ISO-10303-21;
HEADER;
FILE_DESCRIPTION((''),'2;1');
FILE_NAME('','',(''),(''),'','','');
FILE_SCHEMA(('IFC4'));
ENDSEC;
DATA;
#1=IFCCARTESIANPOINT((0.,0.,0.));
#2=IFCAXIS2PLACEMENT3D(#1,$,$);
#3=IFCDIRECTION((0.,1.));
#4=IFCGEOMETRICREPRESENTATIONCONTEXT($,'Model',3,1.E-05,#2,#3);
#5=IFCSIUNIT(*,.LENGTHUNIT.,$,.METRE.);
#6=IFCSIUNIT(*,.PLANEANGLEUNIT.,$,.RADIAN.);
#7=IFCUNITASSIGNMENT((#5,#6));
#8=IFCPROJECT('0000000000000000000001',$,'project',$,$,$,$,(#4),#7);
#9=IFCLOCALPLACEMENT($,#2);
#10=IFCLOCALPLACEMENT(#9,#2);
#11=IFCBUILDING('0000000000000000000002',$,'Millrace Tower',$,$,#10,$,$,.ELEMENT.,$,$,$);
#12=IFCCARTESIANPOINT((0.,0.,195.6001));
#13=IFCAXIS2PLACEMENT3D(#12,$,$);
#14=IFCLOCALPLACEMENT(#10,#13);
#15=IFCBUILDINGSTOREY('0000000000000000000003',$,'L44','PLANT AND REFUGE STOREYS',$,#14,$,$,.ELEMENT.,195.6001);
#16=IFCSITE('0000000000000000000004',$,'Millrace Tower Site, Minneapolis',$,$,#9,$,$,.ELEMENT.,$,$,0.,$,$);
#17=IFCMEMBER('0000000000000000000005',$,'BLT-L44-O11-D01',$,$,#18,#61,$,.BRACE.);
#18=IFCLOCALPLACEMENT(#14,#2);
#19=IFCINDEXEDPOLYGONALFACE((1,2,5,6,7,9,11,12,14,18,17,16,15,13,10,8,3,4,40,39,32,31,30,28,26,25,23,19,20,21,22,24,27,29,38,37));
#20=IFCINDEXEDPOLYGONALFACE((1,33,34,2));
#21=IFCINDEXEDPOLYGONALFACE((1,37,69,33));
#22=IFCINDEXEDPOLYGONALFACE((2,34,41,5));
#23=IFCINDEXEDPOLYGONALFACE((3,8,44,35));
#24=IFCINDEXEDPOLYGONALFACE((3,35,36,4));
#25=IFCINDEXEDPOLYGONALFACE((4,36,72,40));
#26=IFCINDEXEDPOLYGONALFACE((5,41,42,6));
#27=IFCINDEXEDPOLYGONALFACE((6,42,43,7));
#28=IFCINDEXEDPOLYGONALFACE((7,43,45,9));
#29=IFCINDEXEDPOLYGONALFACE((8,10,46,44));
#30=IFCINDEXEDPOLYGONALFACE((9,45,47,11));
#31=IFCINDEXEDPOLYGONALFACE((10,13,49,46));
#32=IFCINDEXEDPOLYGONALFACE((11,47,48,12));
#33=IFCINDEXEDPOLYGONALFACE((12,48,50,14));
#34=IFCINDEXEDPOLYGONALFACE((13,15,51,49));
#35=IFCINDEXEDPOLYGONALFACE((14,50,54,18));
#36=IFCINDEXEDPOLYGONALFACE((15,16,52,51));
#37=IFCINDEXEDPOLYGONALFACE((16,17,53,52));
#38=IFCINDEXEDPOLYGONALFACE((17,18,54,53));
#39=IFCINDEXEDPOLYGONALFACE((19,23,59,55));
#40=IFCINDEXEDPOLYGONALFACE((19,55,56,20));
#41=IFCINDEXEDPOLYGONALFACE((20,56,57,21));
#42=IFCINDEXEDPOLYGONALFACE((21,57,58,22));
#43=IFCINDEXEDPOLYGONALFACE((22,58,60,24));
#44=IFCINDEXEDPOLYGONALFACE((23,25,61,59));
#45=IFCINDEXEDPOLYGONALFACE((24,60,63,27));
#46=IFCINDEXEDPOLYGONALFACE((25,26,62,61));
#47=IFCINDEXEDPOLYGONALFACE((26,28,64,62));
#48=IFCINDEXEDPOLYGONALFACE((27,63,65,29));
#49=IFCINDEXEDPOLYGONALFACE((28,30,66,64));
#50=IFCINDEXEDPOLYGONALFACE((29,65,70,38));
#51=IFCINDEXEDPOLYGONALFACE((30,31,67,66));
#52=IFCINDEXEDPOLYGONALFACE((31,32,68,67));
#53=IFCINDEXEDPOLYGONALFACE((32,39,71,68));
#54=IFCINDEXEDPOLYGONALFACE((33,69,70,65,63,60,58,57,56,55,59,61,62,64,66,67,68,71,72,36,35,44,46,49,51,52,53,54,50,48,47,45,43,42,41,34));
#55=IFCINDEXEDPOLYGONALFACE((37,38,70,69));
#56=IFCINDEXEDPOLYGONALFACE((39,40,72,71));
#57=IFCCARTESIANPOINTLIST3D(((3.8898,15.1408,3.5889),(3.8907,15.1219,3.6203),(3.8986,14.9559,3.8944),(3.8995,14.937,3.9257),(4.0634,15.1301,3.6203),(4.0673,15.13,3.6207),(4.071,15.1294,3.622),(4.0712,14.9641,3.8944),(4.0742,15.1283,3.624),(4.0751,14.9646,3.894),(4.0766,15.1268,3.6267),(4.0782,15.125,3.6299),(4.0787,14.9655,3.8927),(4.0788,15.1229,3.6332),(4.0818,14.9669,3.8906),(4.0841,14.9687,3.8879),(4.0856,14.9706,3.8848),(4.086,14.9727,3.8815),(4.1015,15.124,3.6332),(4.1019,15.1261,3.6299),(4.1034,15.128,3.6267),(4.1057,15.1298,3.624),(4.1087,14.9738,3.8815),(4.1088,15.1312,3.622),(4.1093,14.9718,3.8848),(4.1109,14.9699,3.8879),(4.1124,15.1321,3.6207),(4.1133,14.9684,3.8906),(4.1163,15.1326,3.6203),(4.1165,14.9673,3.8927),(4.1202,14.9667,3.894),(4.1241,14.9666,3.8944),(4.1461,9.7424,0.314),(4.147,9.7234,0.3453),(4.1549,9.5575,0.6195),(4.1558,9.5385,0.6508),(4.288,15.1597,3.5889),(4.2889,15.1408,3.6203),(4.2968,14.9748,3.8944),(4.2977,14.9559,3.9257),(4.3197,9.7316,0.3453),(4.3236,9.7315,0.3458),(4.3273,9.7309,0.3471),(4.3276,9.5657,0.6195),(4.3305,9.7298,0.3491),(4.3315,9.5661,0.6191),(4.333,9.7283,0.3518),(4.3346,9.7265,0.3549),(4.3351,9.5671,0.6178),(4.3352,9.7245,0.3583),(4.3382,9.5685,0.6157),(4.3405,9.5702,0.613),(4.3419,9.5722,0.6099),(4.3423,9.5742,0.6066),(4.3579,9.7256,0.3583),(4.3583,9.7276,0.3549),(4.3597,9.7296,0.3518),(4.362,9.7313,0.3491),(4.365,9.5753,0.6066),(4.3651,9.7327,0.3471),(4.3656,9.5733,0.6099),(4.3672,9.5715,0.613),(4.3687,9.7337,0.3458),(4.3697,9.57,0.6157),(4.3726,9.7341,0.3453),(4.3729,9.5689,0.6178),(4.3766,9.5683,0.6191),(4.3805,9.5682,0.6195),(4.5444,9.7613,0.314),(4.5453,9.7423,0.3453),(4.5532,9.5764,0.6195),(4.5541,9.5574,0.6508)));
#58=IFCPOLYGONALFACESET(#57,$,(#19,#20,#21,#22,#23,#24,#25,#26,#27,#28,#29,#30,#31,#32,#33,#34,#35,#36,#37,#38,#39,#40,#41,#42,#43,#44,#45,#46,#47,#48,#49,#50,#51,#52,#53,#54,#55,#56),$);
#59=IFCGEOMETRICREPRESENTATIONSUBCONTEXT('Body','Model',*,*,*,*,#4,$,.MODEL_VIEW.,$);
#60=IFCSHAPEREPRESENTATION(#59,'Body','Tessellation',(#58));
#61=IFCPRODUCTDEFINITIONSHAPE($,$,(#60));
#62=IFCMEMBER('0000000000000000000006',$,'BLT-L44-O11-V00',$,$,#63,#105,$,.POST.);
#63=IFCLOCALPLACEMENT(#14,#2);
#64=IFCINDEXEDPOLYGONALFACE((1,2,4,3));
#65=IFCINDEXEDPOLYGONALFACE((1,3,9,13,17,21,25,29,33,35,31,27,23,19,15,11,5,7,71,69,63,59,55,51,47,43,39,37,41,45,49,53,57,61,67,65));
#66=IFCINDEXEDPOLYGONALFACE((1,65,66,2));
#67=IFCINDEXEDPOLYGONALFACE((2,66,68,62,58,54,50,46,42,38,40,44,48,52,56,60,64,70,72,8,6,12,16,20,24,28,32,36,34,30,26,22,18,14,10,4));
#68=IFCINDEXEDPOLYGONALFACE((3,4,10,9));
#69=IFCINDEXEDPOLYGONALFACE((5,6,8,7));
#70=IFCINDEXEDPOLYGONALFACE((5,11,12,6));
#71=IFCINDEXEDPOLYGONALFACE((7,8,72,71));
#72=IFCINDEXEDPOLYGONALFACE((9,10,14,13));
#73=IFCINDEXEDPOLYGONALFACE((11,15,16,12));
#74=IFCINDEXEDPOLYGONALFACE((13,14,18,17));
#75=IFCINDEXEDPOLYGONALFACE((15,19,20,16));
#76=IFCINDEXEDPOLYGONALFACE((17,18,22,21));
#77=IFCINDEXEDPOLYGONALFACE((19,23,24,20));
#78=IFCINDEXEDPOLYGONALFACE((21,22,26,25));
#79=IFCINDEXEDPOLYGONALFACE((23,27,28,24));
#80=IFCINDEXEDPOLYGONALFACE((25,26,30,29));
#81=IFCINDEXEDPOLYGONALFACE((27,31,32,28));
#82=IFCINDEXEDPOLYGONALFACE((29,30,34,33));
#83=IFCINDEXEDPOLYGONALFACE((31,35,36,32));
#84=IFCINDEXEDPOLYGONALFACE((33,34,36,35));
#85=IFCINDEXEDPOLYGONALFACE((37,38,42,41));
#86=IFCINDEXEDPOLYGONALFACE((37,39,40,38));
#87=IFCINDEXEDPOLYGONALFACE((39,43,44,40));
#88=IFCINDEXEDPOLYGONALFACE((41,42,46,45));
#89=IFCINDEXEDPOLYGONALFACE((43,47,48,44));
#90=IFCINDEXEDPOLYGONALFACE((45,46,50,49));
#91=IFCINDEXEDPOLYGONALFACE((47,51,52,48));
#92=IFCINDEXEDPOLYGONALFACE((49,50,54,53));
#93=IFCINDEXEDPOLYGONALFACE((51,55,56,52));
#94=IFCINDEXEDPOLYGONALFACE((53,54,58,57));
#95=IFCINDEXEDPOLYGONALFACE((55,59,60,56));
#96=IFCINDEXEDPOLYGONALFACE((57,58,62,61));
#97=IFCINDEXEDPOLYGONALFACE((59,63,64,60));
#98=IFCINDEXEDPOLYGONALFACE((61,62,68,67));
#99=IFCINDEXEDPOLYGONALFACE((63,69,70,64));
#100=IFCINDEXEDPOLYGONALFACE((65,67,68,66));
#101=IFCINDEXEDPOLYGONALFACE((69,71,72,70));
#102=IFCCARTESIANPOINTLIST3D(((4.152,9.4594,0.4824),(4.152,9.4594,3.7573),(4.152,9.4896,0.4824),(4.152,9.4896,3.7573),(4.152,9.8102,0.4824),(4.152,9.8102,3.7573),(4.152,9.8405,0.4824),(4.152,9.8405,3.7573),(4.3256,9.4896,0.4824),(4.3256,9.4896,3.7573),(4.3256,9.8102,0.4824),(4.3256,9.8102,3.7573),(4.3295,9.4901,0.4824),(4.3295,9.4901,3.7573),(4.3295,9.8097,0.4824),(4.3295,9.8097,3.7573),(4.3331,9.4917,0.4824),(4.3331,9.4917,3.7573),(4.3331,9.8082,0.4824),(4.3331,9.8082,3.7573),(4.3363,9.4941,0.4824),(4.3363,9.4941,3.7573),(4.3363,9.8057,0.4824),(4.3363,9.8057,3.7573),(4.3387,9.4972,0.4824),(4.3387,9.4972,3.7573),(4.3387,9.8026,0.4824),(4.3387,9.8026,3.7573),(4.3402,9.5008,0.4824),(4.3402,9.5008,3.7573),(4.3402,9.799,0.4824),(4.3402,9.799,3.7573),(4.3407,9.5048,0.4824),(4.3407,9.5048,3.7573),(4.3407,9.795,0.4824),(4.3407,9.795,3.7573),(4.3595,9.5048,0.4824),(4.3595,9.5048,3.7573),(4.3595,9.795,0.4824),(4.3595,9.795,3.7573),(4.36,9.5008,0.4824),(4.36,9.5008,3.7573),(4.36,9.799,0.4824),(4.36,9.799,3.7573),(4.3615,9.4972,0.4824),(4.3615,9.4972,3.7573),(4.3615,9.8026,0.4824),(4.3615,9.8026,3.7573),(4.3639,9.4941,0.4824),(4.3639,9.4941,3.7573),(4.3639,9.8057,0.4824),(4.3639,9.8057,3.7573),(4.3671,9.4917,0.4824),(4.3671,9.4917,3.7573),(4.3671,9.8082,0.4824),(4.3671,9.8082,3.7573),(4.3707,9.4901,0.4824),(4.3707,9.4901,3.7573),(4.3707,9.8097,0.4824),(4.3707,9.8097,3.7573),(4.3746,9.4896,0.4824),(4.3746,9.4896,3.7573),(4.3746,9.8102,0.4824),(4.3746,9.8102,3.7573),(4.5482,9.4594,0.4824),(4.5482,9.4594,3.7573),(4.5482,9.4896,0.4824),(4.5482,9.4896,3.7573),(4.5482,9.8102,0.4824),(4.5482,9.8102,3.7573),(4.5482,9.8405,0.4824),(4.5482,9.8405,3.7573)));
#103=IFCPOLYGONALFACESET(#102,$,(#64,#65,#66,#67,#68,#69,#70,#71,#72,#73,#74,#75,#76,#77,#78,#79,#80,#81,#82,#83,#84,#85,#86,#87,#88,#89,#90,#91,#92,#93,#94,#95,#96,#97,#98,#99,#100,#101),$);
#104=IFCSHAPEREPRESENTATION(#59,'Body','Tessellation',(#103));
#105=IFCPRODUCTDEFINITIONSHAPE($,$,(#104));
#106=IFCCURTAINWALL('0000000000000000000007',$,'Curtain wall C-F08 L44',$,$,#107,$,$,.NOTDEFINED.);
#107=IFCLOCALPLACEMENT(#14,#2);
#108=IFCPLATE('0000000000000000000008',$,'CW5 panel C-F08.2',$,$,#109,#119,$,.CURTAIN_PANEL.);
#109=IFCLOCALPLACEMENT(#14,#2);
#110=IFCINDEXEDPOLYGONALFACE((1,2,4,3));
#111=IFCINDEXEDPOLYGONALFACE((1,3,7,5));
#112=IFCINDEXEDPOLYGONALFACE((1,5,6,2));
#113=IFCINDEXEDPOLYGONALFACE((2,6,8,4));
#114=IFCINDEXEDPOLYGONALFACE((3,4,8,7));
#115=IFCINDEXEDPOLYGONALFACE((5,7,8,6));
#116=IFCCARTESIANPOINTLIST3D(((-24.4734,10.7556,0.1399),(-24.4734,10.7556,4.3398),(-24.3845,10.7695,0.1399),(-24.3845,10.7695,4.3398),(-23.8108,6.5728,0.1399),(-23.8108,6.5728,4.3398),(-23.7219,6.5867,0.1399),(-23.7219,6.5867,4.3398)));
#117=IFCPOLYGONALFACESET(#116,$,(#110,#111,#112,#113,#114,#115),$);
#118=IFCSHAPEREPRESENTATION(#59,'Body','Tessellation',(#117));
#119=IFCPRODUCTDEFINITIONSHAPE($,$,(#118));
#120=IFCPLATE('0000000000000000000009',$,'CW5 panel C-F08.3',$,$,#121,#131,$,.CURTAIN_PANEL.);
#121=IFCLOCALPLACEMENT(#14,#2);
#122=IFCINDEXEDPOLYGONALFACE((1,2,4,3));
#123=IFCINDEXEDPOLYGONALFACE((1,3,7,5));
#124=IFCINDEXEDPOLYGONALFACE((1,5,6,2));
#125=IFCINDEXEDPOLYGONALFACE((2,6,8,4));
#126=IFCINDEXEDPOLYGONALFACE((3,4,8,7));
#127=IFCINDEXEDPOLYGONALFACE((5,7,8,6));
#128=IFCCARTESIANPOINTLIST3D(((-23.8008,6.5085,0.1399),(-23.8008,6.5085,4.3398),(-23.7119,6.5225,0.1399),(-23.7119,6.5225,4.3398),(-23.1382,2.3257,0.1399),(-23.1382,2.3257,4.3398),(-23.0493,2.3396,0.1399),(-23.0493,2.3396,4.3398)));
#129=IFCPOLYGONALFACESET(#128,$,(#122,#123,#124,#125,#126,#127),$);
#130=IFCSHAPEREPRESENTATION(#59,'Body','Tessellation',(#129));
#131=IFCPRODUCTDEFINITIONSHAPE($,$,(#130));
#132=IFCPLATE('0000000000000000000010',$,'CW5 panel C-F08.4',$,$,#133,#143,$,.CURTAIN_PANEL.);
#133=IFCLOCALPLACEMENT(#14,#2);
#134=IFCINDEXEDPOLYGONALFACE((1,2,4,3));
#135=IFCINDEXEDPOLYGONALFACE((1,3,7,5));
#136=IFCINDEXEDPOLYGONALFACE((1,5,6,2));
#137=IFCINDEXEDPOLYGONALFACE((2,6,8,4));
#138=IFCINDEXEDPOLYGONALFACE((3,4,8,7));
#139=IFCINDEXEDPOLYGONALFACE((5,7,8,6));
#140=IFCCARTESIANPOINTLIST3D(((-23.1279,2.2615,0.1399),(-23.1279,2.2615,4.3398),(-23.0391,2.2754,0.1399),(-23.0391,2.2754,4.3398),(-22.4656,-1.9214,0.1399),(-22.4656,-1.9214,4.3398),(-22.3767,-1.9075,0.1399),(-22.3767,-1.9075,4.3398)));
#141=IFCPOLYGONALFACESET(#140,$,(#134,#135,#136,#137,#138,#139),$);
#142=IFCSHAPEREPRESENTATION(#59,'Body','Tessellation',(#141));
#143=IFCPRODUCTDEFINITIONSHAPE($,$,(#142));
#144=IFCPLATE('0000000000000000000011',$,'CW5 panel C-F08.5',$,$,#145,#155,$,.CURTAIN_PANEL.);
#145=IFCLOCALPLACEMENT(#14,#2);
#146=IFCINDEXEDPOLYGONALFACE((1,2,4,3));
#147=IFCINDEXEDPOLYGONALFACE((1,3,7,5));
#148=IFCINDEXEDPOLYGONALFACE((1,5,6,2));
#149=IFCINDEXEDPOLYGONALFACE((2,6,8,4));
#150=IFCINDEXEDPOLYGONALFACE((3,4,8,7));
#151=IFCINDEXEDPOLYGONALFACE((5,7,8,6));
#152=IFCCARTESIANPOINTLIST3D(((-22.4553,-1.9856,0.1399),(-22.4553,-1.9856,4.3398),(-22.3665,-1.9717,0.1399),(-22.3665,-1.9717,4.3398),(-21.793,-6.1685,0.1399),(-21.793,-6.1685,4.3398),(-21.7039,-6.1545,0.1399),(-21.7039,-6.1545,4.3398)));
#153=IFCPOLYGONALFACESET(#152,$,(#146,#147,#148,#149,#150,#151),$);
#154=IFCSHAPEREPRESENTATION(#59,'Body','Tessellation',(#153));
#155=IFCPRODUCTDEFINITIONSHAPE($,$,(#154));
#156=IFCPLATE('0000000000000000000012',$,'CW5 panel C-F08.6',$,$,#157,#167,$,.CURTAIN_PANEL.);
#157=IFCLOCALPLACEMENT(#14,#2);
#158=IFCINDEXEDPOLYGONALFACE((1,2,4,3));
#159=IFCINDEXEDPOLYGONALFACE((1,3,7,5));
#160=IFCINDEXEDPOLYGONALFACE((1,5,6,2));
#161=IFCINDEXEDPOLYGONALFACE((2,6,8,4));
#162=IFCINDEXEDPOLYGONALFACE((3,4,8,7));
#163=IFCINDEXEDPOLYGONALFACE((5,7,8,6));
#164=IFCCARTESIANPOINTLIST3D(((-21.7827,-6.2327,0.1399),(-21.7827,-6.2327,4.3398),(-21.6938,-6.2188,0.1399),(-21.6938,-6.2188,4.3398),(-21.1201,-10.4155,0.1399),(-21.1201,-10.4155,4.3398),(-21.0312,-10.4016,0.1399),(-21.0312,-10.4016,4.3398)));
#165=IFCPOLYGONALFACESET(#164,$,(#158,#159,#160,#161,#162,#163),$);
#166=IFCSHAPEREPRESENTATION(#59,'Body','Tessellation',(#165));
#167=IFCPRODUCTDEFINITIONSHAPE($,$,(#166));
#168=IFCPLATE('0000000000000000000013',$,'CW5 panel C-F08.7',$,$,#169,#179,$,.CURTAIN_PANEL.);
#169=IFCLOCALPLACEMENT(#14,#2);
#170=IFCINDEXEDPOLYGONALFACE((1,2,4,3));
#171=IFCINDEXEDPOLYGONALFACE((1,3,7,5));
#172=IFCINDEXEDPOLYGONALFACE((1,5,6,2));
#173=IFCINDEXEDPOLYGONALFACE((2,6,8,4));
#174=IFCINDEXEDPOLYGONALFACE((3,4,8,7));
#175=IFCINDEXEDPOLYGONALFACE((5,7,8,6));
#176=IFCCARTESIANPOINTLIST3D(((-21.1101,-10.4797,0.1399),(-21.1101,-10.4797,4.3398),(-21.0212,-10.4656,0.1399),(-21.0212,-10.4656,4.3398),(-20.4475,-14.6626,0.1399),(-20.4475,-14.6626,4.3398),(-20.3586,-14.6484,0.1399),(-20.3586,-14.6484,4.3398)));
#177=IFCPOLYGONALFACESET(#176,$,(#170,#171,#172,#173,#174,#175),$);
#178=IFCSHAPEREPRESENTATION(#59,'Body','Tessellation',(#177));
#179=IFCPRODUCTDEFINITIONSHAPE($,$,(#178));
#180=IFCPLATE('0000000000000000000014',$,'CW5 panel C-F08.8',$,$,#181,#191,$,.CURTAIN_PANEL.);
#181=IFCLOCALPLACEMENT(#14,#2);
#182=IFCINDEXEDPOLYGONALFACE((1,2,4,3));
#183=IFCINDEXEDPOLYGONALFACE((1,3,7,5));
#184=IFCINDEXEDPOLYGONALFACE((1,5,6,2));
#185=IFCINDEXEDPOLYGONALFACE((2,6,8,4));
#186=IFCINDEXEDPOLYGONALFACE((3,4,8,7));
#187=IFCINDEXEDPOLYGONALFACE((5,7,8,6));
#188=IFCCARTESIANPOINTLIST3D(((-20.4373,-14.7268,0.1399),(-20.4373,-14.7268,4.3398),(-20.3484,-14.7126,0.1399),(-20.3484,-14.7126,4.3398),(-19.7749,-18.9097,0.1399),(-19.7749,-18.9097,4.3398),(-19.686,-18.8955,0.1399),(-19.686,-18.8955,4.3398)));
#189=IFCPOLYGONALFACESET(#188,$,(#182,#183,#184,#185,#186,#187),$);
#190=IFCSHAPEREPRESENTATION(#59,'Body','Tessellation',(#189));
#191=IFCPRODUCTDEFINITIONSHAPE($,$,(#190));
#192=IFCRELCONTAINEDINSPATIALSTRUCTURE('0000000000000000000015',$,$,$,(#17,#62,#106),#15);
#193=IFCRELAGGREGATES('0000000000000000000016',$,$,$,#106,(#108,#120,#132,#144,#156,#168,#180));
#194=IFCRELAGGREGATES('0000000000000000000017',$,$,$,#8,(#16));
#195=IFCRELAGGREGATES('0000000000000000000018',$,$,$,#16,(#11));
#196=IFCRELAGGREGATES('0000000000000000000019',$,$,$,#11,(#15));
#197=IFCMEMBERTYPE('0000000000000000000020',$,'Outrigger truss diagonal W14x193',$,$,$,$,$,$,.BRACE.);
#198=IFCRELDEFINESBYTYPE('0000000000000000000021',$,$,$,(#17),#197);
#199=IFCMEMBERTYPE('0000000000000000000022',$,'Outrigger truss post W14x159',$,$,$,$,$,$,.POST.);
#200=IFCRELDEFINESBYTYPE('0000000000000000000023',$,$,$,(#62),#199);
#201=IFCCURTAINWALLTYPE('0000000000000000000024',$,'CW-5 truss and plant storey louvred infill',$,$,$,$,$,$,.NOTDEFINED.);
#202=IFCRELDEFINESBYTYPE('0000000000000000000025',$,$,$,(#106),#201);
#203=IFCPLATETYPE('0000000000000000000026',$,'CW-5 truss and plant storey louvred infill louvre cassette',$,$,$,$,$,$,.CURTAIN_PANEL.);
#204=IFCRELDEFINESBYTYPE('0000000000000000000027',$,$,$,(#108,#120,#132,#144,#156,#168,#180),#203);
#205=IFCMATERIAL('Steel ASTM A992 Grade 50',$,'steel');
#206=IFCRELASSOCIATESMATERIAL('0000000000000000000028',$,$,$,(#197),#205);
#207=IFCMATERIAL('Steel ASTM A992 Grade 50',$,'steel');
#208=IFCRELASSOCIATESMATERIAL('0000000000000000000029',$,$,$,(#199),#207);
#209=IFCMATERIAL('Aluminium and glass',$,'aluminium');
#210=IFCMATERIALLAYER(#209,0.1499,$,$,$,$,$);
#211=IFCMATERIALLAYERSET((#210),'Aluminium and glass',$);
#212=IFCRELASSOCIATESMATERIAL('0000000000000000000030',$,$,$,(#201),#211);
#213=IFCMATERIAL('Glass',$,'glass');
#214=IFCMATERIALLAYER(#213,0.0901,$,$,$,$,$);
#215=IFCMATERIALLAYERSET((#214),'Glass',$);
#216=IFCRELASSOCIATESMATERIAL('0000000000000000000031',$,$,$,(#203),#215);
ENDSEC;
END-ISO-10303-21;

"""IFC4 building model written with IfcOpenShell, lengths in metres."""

from ifc_helpers import new_model, si_unit, direction, frame, origin, origin_2d, place, context, subcontext, project, spatial, polyline, i_section, outline, extrude, material, layer, layer_set, material_profile, profile_set, type_object, element, aggregate, save


model = new_model("IFC4")

# Units and contexts
model_context = context("Model", 3, precision=1e-05, world=origin(), true_north=direction((0.0, 1.0)))
body_context = subcontext(model_context, "Body", "Model", "MODEL_VIEW")
ifc_project = project(units=[si_unit("LENGTHUNIT", "METRE"), si_unit("PLANEANGLEUNIT", "RADIAN")], contexts=[model_context])

# Site, building, storey
site_placement = place(None, origin())
site = spatial("IfcSite", under=ifc_project, at=site_placement, Name="Millrace Tower Site, Minneapolis", CompositionType="ELEMENT", RefElevation=0.0)
building_placement = place(site_placement, origin())
building = spatial("IfcBuilding", under=site, at=building_placement, Name="Millrace Tower", CompositionType="ELEMENT")
storey_placement = place(building_placement, frame((0.0, 0.0, 195.6001)))
storey = spatial("IfcBuildingStorey", under=building, at=storey_placement, Name="L44", Description="PLANT AND REFUGE STOREYS", CompositionType="ELEMENT", Elevation=195.6001)

# Members
ifc_material_1 = material(Name="Steel ASTM A992 Grade 50", Category="steel")
ifc_material_profile_1 = material_profile(ifc_material_1, i_section(OverallWidth=0.3987, OverallDepth=0.3938, WebThickness=0.0227, FlangeThickness=0.0366, FilletRadius=0.0151, at=origin_2d()))
ifc_profile_set_1 = profile_set([ifc_material_profile_1], Name="Steel ASTM A992 Grade 50")
member_type_1 = type_object("IfcMemberType", Name="Outrigger truss diagonal W14x193", PredefinedType="BRACE", material=ifc_profile_set_1)
member_1_placement = place(storey_placement, frame((4.3501, 9.6499, 0.4824), z_axis=(-0.040566, 0.854275, 0.518236), x_axis=(-0.998874, -0.047432, 0.0)))
element("IfcMember", 1, at=member_1_placement, inside=storey, type_object=member_type_1, Name="BLT-L44-O11-D01", PredefinedType="BRACE", context=body_context, shape_type="SweptSolid", body=[
    extrude(i_section(OverallWidth=0.3987, OverallDepth=0.3938, WebThickness=0.0227, FlangeThickness=0.0366, FilletRadius=0.0151, at=origin_2d()), origin(), (0.0, 0.0, 1.0), 6.3193),
])
ifc_material_2 = material(Name="Steel ASTM A992 Grade 50", Category="steel")
ifc_material_profile_2 = material_profile(ifc_material_2, i_section(OverallWidth=0.3962, OverallDepth=0.3811, WebThickness=0.0188, FlangeThickness=0.0303, FilletRadius=0.0151, at=origin_2d()))
ifc_profile_set_2 = profile_set([ifc_material_profile_2], Name="Steel ASTM A992 Grade 50")
member_type_2 = type_object("IfcMemberType", Name="Outrigger truss post W14x159", PredefinedType="POST", material=ifc_profile_set_2)
member_2_placement = place(storey_placement, frame((4.3501, 9.6499, 0.4824), z_axis=(0.0, 0.0, 1.0), x_axis=(1.0, 0.0, 0.0)))
element("IfcMember", 2, at=member_2_placement, inside=storey, type_object=member_type_2, Name="BLT-L44-O11-V00", PredefinedType="POST", context=body_context, shape_type="SweptSolid", body=[
    extrude(i_section(OverallWidth=0.3962, OverallDepth=0.3811, WebThickness=0.0188, FlangeThickness=0.0303, FilletRadius=0.0151, at=origin_2d()), origin(), (0.0, 0.0, 1.0), 3.2749),
])

# Curtain wall, plates
ifc_material_3 = material(Name="Aluminium and glass", Category="aluminium")
ifc_layer_1 = layer(ifc_material_3, 0.1499)
ifc_layer_set_1 = layer_set([ifc_layer_1], Name="Aluminium and glass")
curtain_wall_type = type_object("IfcCurtainWallType", Name="CW-5 truss and plant storey louvred infill", PredefinedType="NOTDEFINED", material=ifc_layer_set_1)
placement_1 = place(storey_placement, origin())
curtain_wall = element("IfcCurtainWall", 3, at=placement_1, inside=storey, type_object=curtain_wall_type, Name="Curtain wall C-F08 L44", PredefinedType="NOTDEFINED")
ifc_material_4 = material(Name="Glass", Category="glass")
ifc_layer_2 = layer(ifc_material_4, 0.0901)
ifc_layer_set_2 = layer_set([ifc_layer_2], Name="Glass")
plate_type = type_object("IfcPlateType", Name="CW-5 truss and plant storey louvred infill louvre cassette", PredefinedType="CURTAIN_PANEL", material=ifc_layer_set_2)
placement_2 = place(storey_placement, frame((0.0, 0.0, 0.1399)))
plate_1 = element("IfcPlate", 4, at=placement_2, type_object=plate_type, Name="CW5 panel C-F08.2", PredefinedType="CURTAIN_PANEL", context=body_context, shape_type="SweptSolid", body=[
    extrude(outline(polyline([(-24.4734, 10.7556), (-23.8108, 6.5728), (-23.7219, 6.5867), (-24.3845, 10.7695), (-24.4734, 10.7556)])), origin(), (0.0, 0.0, 1.0), 4.2),
])
plate_2 = element("IfcPlate", 5, at=placement_2, type_object=plate_type, Name="CW5 panel C-F08.3", PredefinedType="CURTAIN_PANEL", context=body_context, shape_type="SweptSolid", body=[
    extrude(outline(polyline([(-23.8008, 6.5085), (-23.1382, 2.3257), (-23.0493, 2.3396), (-23.7119, 6.5225), (-23.8008, 6.5085)])), origin(), (0.0, 0.0, 1.0), 4.2),
])
plate_3 = element("IfcPlate", 6, at=placement_2, type_object=plate_type, Name="CW5 panel C-F08.4", PredefinedType="CURTAIN_PANEL", context=body_context, shape_type="SweptSolid", body=[
    extrude(outline(polyline([(-23.1279, 2.2615), (-22.4656, -1.9214), (-22.3767, -1.9075), (-23.0391, 2.2754), (-23.1279, 2.2615)])), origin(), (0.0, 0.0, 1.0), 4.2),
])
plate_4 = element("IfcPlate", 7, at=placement_2, type_object=plate_type, Name="CW5 panel C-F08.5", PredefinedType="CURTAIN_PANEL", context=body_context, shape_type="SweptSolid", body=[
    extrude(outline(polyline([(-22.4553, -1.9856), (-21.793, -6.1685), (-21.7039, -6.1545), (-22.3665, -1.9717), (-22.4553, -1.9856)])), origin(), (0.0, 0.0, 1.0), 4.2),
])
plate_5 = element("IfcPlate", 8, at=placement_2, type_object=plate_type, Name="CW5 panel C-F08.6", PredefinedType="CURTAIN_PANEL", context=body_context, shape_type="SweptSolid", body=[
    extrude(outline(polyline([(-21.7827, -6.2327), (-21.1201, -10.4155), (-21.0312, -10.4016), (-21.6938, -6.2188), (-21.7827, -6.2327)])), origin(), (0.0, 0.0, 1.0), 4.2),
])
plate_6 = element("IfcPlate", 9, at=placement_2, type_object=plate_type, Name="CW5 panel C-F08.7", PredefinedType="CURTAIN_PANEL", context=body_context, shape_type="SweptSolid", body=[
    extrude(outline(polyline([(-21.1101, -10.4797), (-20.4475, -14.6626), (-20.3586, -14.6484), (-21.0212, -10.4656), (-21.1101, -10.4797)])), origin(), (0.0, 0.0, 1.0), 4.2),
])
plate_7 = element("IfcPlate", 10, at=placement_2, type_object=plate_type, Name="CW5 panel C-F08.8", PredefinedType="CURTAIN_PANEL", context=body_context, shape_type="SweptSolid", body=[
    extrude(outline(polyline([(-20.4373, -14.7268), (-19.7749, -18.9097), (-19.686, -18.8955), (-20.3484, -14.7126), (-20.4373, -14.7268)])), origin(), (0.0, 0.0, 1.0), 4.2),
])
aggregate(curtain_wall, [plate_1, plate_2, plate_3, plate_4, plate_5, plate_6, plate_7])

save(model, "model.ifc")
